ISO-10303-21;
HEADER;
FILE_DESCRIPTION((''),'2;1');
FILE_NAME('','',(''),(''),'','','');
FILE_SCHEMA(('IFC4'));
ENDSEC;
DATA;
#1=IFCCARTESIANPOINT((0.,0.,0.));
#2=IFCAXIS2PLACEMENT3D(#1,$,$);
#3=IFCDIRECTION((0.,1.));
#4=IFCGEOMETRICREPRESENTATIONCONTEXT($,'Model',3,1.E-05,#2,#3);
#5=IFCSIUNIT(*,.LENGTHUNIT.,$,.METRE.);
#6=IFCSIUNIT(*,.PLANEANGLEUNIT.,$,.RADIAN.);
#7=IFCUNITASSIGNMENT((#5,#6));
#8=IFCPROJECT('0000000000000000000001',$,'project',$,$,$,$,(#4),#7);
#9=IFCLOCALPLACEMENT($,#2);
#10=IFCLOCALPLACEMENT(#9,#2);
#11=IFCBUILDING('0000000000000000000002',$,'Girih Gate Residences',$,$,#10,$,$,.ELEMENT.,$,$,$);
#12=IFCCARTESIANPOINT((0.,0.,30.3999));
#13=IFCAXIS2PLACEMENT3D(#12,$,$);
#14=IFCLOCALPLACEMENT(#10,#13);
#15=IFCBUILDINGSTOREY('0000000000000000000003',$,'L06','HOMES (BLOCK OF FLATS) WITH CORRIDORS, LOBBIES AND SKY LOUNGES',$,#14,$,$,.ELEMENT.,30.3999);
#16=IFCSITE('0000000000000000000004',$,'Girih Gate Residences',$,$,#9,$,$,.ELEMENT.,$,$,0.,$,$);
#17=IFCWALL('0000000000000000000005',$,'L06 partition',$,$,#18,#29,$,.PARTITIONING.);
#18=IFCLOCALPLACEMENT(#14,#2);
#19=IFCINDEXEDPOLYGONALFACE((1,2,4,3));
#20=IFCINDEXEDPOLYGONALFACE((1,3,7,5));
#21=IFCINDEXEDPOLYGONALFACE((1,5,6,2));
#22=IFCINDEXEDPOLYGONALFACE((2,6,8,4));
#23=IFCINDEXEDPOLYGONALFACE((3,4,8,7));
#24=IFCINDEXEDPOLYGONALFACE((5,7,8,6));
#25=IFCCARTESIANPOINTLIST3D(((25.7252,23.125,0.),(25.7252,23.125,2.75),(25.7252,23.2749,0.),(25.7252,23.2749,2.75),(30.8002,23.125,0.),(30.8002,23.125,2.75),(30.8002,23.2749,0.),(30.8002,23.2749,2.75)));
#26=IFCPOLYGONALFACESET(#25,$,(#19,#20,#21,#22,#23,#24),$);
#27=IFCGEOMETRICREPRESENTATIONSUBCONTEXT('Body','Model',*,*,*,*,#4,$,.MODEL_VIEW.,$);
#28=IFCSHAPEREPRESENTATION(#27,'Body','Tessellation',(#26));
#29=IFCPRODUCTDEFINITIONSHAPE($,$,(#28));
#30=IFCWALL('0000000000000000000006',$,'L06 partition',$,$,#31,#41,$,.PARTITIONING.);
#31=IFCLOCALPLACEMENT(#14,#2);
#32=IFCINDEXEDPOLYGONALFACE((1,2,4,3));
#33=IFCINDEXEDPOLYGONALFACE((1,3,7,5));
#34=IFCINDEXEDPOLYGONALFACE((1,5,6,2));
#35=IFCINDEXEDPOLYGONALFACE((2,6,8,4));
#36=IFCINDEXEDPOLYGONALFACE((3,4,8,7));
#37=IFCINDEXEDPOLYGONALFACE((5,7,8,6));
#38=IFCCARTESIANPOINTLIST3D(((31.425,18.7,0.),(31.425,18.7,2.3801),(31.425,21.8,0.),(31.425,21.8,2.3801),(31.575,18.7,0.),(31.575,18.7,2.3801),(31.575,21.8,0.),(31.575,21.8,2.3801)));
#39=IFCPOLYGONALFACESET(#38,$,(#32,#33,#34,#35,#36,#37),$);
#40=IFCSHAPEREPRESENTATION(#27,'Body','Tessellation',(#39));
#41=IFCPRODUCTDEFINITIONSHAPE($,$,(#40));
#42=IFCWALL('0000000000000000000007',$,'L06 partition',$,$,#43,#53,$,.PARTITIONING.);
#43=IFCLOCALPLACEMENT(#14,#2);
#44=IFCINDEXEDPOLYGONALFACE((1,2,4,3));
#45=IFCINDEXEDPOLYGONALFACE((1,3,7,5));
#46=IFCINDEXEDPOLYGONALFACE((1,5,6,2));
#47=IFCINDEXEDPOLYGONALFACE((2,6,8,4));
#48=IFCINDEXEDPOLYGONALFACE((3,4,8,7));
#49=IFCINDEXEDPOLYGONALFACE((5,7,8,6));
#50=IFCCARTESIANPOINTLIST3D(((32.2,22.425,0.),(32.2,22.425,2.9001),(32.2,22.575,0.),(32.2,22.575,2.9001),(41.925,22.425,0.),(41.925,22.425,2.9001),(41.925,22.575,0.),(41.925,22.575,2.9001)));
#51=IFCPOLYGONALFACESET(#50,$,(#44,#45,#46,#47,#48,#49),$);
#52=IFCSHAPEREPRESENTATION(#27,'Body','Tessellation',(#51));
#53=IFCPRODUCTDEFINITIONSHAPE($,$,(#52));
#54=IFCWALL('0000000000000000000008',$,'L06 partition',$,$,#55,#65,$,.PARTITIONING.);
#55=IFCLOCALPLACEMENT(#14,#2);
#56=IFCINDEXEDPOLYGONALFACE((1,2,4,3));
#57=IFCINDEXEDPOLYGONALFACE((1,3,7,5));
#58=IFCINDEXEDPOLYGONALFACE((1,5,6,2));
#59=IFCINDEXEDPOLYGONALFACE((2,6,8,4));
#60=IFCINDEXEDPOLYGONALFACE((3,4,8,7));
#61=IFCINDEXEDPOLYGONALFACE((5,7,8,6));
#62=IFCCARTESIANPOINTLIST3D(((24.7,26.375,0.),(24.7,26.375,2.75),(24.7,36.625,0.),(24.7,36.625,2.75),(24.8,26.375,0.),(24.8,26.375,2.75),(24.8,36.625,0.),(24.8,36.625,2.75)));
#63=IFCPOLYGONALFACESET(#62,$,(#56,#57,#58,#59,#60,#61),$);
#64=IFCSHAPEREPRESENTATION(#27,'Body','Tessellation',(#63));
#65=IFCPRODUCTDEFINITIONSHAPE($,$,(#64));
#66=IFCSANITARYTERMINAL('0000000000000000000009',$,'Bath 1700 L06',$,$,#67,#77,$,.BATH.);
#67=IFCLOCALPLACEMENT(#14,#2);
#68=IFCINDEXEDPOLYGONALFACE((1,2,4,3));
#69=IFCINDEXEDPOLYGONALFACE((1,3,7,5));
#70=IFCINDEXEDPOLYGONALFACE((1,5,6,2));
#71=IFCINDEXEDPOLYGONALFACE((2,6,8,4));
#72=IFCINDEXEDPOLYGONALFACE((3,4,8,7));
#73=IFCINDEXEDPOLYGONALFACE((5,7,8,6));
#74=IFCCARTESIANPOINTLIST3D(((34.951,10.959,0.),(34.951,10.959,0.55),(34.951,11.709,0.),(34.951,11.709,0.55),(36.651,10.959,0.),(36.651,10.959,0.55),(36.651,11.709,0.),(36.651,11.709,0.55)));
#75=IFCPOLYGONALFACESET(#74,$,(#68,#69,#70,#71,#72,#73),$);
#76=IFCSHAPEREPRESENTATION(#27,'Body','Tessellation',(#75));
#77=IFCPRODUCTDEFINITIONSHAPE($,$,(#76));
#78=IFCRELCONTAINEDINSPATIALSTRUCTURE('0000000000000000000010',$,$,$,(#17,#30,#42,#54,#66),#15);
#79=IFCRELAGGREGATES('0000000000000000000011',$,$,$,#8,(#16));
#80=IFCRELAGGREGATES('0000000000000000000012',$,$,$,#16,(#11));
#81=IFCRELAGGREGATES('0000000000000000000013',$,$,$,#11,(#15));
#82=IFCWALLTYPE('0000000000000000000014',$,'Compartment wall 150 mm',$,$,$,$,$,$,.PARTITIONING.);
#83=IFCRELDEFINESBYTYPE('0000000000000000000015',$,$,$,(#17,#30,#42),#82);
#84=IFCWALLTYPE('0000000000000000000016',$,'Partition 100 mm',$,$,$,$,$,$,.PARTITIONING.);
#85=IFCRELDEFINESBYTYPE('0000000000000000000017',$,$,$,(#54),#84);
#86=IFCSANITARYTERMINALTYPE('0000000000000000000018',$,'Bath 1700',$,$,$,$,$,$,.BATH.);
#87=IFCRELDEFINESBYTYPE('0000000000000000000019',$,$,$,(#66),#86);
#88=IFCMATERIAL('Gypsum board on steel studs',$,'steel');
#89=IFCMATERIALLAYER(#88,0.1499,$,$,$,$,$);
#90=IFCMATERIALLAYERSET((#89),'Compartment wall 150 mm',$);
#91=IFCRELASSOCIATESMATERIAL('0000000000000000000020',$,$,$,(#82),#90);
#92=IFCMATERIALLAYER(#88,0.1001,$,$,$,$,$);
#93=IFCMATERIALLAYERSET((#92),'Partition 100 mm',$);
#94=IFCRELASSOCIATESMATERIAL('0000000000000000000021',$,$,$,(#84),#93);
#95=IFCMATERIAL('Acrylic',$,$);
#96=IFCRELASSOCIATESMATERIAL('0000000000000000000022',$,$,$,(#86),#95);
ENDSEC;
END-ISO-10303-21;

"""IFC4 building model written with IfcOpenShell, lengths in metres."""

from ifc_helpers import new_model, si_unit, direction, frame, frame_2d, origin, origin_2d, place, context, subcontext, project, spatial, rectangle, extrude, material, layer, layer_set, type_object, element, save


model = new_model("IFC4")

# Units and contexts
model_context = context("Model", 3, precision=1e-05, world=origin(), true_north=direction((0.0, 1.0)))
body_context = subcontext(model_context, "Body", "Model", "MODEL_VIEW")
ifc_project = project(units=[si_unit("LENGTHUNIT", "METRE"), si_unit("PLANEANGLEUNIT", "RADIAN")], contexts=[model_context])

# Site, building, storey
site_placement = place(None, origin())
site = spatial("IfcSite", under=ifc_project, at=site_placement, Name="Girih Gate Residences", CompositionType="ELEMENT", RefElevation=0.0)
building_placement = place(site_placement, origin())
building = spatial("IfcBuilding", under=site, at=building_placement, Name="Girih Gate Residences", CompositionType="ELEMENT")
storey_placement = place(building_placement, frame((0.0, 0.0, 30.3999)))
storey = spatial("IfcBuildingStorey", under=building, at=storey_placement, Name="L06", Description="HOMES (BLOCK OF FLATS) WITH CORRIDORS, LOBBIES AND SKY LOUNGES", CompositionType="ELEMENT", Elevation=30.3999)

# Shared definitions
ifc_material_1 = material(Name="Gypsum board on steel studs", Category="steel")
ifc_layer_1 = layer(ifc_material_1, 0.1499)
ifc_layer_set_1 = layer_set([ifc_layer_1], Name="Compartment wall 150 mm")
wall_type_1 = type_object("IfcWallType", Name="Compartment wall 150 mm", PredefinedType="PARTITIONING", material=ifc_layer_set_1)

# Walls
wall_1_placement = place(storey_placement, frame((25.7251, 23.2, 0.0), z_axis=(0.0, 0.0, 1.0), x_axis=(1.0, 0.0, 0.0)))
element("IfcWall", 1, at=wall_1_placement, inside=storey, type_object=wall_type_1, Name="L06 partition", PredefinedType="PARTITIONING", context=body_context, shape_type="SweptSolid", body=[
    extrude(rectangle(XDim=5.075, YDim=0.1499, at=frame_2d((2.5376, 0.0))), origin(), (0.0, 0.0, 1.0), 2.75),
])
wall_2_placement = place(storey_placement, frame((31.5, 18.7, 0.0), z_axis=(0.0, 0.0, 1.0), x_axis=(0.0, 1.0, 0.0)))
element("IfcWall", 2, at=wall_2_placement, inside=storey, type_object=wall_type_1, Name="L06 partition", PredefinedType="PARTITIONING", context=body_context, shape_type="SweptSolid", body=[
    extrude(rectangle(XDim=3.1001, YDim=0.1499, at=frame_2d((1.55, 0.0))), origin(), (0.0, 0.0, 1.0), 2.3801),
])
wall_3_placement = place(storey_placement, frame((32.2, 22.5, 0.0), z_axis=(0.0, 0.0, 1.0), x_axis=(1.0, 0.0, 0.0)))
element("IfcWall", 3, at=wall_3_placement, inside=storey, type_object=wall_type_1, Name="L06 partition", PredefinedType="PARTITIONING", context=body_context, shape_type="SweptSolid", body=[
    extrude(rectangle(XDim=9.7251, YDim=0.1499, at=frame_2d((4.8625, 0.0))), origin(), (0.0, 0.0, 1.0), 2.9001),
])
ifc_layer_2 = layer(ifc_material_1, 0.1001)
ifc_layer_set_2 = layer_set([ifc_layer_2], Name="Partition 100 mm")
wall_type_2 = type_object("IfcWallType", Name="Partition 100 mm", PredefinedType="PARTITIONING", material=ifc_layer_set_2)
wall_4_placement = place(storey_placement, frame((24.75, 26.375, 0.0), z_axis=(0.0, 0.0, 1.0), x_axis=(0.0, 1.0, 0.0)))
element("IfcWall", 4, at=wall_4_placement, inside=storey, type_object=wall_type_2, Name="L06 partition", PredefinedType="PARTITIONING", context=body_context, shape_type="SweptSolid", body=[
    extrude(rectangle(XDim=10.25, YDim=0.1001, at=frame_2d((5.125, 0.0))), origin(), (0.0, 0.0, 1.0), 2.75),
])

# Sanitary terminal
ifc_material_2 = material(Name="Acrylic")
sanitary_terminal_type = type_object("IfcSanitaryTerminalType", Name="Bath 1700", PredefinedType="BATH", material=ifc_material_2)
sanitary_terminal_placement = place(storey_placement, frame((35.801, 11.334, 0.0), z_axis=(0.0, 0.0, 1.0), x_axis=(1.0, 0.0, 0.0)))
element("IfcSanitaryTerminal", 5, at=sanitary_terminal_placement, inside=storey, type_object=sanitary_terminal_type, Name="Bath 1700 L06", PredefinedType="BATH", context=body_context, shape_type="SweptSolid", body=[
    extrude(rectangle(XDim=1.7, YDim=0.75, at=origin_2d()), origin(), (0.0, 0.0, 1.0), 0.55),
])

save(model, "model.ifc")
